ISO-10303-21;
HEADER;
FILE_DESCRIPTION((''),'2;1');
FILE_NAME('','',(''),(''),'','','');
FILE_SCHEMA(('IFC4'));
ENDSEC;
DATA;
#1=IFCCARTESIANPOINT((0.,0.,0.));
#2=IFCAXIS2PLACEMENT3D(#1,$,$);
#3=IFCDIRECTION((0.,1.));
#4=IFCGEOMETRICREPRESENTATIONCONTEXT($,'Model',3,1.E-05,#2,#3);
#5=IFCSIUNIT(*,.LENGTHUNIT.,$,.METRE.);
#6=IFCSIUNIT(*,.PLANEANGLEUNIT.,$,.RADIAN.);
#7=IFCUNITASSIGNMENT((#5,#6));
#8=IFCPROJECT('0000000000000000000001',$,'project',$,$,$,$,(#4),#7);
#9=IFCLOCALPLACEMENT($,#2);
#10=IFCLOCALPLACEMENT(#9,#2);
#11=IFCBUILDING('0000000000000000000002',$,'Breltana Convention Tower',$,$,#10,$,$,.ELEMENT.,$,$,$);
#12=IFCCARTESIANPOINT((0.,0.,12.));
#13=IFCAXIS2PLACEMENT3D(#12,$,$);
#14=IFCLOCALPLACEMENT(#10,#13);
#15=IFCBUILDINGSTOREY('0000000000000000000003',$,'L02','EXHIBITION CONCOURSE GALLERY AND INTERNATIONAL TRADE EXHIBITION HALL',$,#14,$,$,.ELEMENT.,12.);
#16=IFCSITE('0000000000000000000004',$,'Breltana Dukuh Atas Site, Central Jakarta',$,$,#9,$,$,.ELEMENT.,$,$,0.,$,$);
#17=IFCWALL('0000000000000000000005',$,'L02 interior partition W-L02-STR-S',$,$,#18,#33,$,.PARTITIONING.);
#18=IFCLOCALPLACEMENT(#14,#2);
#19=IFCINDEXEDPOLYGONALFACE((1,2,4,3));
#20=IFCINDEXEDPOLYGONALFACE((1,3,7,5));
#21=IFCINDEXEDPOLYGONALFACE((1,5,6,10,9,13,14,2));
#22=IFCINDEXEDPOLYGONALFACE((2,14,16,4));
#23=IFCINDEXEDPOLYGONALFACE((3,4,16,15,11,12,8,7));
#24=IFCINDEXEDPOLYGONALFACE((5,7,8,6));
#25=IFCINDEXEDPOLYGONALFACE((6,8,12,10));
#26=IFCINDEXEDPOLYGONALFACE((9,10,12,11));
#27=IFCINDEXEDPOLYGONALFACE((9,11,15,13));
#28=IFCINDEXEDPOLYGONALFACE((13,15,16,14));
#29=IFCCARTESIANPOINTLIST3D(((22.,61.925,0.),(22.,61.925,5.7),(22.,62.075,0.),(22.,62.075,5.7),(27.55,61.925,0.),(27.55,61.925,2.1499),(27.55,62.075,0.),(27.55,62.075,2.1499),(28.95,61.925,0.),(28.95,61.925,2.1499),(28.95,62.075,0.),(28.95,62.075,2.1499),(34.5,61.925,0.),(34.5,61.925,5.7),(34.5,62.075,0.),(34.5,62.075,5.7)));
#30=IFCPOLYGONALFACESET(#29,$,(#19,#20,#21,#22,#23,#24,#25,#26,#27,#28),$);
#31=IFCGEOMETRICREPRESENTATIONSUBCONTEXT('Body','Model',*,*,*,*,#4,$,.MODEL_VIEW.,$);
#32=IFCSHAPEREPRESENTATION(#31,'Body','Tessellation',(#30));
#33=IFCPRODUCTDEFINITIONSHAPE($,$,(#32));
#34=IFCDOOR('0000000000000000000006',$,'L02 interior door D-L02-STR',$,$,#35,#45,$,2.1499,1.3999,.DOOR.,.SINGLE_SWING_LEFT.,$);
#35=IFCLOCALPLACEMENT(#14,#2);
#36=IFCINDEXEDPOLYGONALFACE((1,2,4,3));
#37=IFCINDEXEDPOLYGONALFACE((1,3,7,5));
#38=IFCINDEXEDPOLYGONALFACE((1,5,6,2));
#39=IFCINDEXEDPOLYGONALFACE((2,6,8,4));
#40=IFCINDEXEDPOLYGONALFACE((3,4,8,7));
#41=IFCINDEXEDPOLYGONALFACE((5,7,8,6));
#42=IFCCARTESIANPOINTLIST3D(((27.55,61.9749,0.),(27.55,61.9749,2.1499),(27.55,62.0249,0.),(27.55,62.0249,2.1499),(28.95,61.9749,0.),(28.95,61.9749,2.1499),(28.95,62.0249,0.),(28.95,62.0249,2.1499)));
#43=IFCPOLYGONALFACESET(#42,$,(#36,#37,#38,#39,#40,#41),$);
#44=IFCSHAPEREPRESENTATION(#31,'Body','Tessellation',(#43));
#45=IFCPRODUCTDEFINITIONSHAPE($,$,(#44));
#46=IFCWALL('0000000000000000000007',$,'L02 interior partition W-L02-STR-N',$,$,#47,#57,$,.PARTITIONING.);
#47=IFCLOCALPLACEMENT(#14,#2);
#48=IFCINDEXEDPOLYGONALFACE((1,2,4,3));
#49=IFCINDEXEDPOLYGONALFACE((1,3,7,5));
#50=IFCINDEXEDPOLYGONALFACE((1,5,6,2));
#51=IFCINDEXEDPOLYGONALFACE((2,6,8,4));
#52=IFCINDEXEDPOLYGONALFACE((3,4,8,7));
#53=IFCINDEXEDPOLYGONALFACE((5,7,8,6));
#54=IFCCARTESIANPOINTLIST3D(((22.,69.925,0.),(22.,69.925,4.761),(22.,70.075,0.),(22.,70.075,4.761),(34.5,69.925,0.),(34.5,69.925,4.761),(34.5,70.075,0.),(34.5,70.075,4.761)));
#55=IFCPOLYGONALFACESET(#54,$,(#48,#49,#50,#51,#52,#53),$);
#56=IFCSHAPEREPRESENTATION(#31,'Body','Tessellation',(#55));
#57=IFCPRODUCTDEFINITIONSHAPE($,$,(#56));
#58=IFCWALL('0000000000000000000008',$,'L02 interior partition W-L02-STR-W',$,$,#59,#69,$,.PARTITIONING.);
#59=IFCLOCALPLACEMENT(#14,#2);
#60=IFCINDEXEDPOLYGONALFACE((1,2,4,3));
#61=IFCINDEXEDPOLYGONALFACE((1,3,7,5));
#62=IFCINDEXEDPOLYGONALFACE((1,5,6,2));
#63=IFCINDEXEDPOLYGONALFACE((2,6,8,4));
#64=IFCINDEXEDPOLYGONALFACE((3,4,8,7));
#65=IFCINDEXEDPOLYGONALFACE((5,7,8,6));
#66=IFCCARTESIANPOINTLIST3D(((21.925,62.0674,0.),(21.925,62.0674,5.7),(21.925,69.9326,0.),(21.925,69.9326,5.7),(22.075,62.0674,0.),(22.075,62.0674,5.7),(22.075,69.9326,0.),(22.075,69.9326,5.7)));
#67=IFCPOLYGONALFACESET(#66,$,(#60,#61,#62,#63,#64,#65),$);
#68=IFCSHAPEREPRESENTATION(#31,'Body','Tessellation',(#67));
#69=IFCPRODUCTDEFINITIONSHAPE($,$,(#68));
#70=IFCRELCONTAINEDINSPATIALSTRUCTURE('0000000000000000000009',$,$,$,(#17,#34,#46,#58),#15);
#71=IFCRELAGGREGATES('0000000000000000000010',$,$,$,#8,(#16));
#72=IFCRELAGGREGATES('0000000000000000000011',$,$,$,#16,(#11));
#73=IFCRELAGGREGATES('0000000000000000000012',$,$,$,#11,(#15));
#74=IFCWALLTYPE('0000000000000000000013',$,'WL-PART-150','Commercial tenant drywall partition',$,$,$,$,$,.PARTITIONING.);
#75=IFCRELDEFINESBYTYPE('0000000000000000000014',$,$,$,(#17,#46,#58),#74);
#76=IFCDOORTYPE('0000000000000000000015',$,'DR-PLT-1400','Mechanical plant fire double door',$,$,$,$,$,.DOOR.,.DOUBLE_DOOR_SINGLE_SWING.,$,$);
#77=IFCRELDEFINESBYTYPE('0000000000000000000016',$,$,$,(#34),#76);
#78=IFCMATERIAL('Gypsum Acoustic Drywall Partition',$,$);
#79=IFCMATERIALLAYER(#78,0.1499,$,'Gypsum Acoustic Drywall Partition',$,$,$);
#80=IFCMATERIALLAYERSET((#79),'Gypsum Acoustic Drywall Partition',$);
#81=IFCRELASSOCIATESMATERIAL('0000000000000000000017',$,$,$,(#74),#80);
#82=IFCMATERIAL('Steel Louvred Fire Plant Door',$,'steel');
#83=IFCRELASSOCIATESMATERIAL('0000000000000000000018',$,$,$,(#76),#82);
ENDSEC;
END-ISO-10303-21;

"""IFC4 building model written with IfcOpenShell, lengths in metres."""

from ifc_helpers import new_model, si_unit, direction, frame, frame_2d, origin, place, context, subcontext, project, spatial, rectangle, extrude, source, transform, mapped, material, layer, layer_set, type_object, type_shapes, element, fill, save


model = new_model("IFC4")

# Units and contexts
model_context = context("Model", 3, precision=1e-05, world=origin(), true_north=direction((0.0, 1.0)))
body_context = subcontext(model_context, "Body", "Model", "MODEL_VIEW")
ifc_project = project(units=[si_unit("LENGTHUNIT", "METRE"), si_unit("PLANEANGLEUNIT", "RADIAN")], contexts=[model_context])

# Site, building, storey
site_placement = place(None, origin())
site = spatial("IfcSite", under=ifc_project, at=site_placement, Name="Breltana Dukuh Atas Site, Central Jakarta", CompositionType="ELEMENT", RefElevation=0.0)
building_placement = place(site_placement, origin())
building = spatial("IfcBuilding", under=site, at=building_placement, Name="Breltana Convention Tower", CompositionType="ELEMENT")
storey_placement = place(building_placement, frame((0.0, 0.0, 12.0)))
storey = spatial("IfcBuildingStorey", under=building, at=storey_placement, Name="L02", Description="EXHIBITION CONCOURSE GALLERY AND INTERNATIONAL TRADE EXHIBITION HALL", CompositionType="ELEMENT", Elevation=12.0)

# Shared definitions
ifc_material_1 = material(Name="Gypsum Acoustic Drywall Partition")
ifc_layer_1 = layer(ifc_material_1, 0.1499, Name="Gypsum Acoustic Drywall Partition")
ifc_layer_set_1 = layer_set([ifc_layer_1], Name="Gypsum Acoustic Drywall Partition")
wall_type_1 = type_object("IfcWallType", Name="WL-PART-150", Description="Commercial tenant drywall partition", PredefinedType="PARTITIONING", material=ifc_layer_set_1)

# Wall, opening, door
shared_shape_1 = source(origin(), body_context, "Body", "SweptSolid", [
    extrude(rectangle(XDim=12.5, YDim=0.1499, at=frame_2d((6.25, 0.0))), origin(), (0.0, 0.0, 1.0), 5.7),
])
wall_1_placement = place(storey_placement, frame((22.0, 62.0, 0.0), z_axis=(0.0, 0.0, 1.0), x_axis=(1.0, 0.0, 0.0)))
wall_1 = element("IfcWall", 1, at=wall_1_placement, inside=storey, type_object=wall_type_1, Name="L02 interior partition W-L02-STR-S", PredefinedType="PARTITIONING", context=body_context, shape_type="MappedRepresentation", body=[
    mapped(shared_shape_1, transform((0.0, 0.0, 0.0), scale=1.0)),
])
opening_1_placement = place(wall_1_placement, frame((5.55, 0.0, 0.0)))
opening_1 = element("IfcOpeningElement", 2, at=opening_1_placement, cuts=wall_1, PredefinedType="OPENING", context=body_context, shape_type="SweptSolid", body=[
    extrude(rectangle(XDim=1.3999, YDim=2.1499, at=frame_2d((0.7, 1.075))), frame((0.0, 0.085, 0.0), z_axis=(0.0, -1.0, 0.0), x_axis=(1.0, 0.0, 0.0)), (0.0, 0.0, 1.0), 0.1699),
])
ifc_material_2 = material(Name="Steel Louvred Fire Plant Door", Category="steel")
door_type_1 = type_object("IfcDoorType", Name="DR-PLT-1400", Description="Mechanical plant fire double door", OperationType="DOUBLE_DOOR_SINGLE_SWING", PredefinedType="DOOR", material=ifc_material_2)
shared_shape_2 = source(origin(), body_context, "Body", "SweptSolid", [
    extrude(rectangle(XDim=1.3999, YDim=2.1499, at=frame_2d((0.7, 1.075))), frame((0.0, 0.0249, 0.0), z_axis=(0.0, -1.0, 0.0), x_axis=(1.0, 0.0, 0.0)), (0.0, 0.0, 1.0), 0.05),
])
type_shapes(door_type_1, [shared_shape_2])
door_1_placement = place(opening_1_placement, origin())
door_1 = element("IfcDoor", 3, at=door_1_placement, inside=storey, type_object=door_type_1, Name="L02 interior door D-L02-STR", OperationType="SINGLE_SWING_LEFT", OverallHeight=2.1499, OverallWidth=1.3999, PredefinedType="DOOR", context=body_context, shape_type="MappedRepresentation", body=[
    mapped(shared_shape_2, transform((0.0, 0.0, 0.0), scale=1.0)),
])
fill(opening_1, door_1)

# Walls
shared_shape_3 = source(origin(), body_context, "Body", "SweptSolid", [
    extrude(rectangle(XDim=12.5, YDim=0.1499, at=frame_2d((6.25, 0.0))), origin(), (0.0, 0.0, 1.0), 4.761),
])
wall_2_placement = place(storey_placement, frame((22.0, 70.0, 0.0), z_axis=(0.0, 0.0, 1.0), x_axis=(1.0, 0.0, 0.0)))
element("IfcWall", 4, at=wall_2_placement, inside=storey, type_object=wall_type_1, Name="L02 interior partition W-L02-STR-N", PredefinedType="PARTITIONING", context=body_context, shape_type="MappedRepresentation", body=[
    mapped(shared_shape_3, transform((0.0, 0.0, 0.0), scale=1.0)),
])
shared_shape_4 = source(origin(), body_context, "Body", "SweptSolid", [
    extrude(rectangle(XDim=7.8652, YDim=0.1499, at=frame_2d((3.9326, 0.0))), origin(), (0.0, 0.0, 1.0), 5.7),
])
wall_3_placement = place(storey_placement, frame((22.0, 62.0674, 0.0), z_axis=(0.0, 0.0, 1.0), x_axis=(0.0, 1.0, 0.0)))
element("IfcWall", 5, at=wall_3_placement, inside=storey, type_object=wall_type_1, Name="L02 interior partition W-L02-STR-W", PredefinedType="PARTITIONING", context=body_context, shape_type="MappedRepresentation", body=[
    mapped(shared_shape_4, transform((0.0, 0.0, 0.0), scale=1.0)),
])

save(model, "model.ifc")
